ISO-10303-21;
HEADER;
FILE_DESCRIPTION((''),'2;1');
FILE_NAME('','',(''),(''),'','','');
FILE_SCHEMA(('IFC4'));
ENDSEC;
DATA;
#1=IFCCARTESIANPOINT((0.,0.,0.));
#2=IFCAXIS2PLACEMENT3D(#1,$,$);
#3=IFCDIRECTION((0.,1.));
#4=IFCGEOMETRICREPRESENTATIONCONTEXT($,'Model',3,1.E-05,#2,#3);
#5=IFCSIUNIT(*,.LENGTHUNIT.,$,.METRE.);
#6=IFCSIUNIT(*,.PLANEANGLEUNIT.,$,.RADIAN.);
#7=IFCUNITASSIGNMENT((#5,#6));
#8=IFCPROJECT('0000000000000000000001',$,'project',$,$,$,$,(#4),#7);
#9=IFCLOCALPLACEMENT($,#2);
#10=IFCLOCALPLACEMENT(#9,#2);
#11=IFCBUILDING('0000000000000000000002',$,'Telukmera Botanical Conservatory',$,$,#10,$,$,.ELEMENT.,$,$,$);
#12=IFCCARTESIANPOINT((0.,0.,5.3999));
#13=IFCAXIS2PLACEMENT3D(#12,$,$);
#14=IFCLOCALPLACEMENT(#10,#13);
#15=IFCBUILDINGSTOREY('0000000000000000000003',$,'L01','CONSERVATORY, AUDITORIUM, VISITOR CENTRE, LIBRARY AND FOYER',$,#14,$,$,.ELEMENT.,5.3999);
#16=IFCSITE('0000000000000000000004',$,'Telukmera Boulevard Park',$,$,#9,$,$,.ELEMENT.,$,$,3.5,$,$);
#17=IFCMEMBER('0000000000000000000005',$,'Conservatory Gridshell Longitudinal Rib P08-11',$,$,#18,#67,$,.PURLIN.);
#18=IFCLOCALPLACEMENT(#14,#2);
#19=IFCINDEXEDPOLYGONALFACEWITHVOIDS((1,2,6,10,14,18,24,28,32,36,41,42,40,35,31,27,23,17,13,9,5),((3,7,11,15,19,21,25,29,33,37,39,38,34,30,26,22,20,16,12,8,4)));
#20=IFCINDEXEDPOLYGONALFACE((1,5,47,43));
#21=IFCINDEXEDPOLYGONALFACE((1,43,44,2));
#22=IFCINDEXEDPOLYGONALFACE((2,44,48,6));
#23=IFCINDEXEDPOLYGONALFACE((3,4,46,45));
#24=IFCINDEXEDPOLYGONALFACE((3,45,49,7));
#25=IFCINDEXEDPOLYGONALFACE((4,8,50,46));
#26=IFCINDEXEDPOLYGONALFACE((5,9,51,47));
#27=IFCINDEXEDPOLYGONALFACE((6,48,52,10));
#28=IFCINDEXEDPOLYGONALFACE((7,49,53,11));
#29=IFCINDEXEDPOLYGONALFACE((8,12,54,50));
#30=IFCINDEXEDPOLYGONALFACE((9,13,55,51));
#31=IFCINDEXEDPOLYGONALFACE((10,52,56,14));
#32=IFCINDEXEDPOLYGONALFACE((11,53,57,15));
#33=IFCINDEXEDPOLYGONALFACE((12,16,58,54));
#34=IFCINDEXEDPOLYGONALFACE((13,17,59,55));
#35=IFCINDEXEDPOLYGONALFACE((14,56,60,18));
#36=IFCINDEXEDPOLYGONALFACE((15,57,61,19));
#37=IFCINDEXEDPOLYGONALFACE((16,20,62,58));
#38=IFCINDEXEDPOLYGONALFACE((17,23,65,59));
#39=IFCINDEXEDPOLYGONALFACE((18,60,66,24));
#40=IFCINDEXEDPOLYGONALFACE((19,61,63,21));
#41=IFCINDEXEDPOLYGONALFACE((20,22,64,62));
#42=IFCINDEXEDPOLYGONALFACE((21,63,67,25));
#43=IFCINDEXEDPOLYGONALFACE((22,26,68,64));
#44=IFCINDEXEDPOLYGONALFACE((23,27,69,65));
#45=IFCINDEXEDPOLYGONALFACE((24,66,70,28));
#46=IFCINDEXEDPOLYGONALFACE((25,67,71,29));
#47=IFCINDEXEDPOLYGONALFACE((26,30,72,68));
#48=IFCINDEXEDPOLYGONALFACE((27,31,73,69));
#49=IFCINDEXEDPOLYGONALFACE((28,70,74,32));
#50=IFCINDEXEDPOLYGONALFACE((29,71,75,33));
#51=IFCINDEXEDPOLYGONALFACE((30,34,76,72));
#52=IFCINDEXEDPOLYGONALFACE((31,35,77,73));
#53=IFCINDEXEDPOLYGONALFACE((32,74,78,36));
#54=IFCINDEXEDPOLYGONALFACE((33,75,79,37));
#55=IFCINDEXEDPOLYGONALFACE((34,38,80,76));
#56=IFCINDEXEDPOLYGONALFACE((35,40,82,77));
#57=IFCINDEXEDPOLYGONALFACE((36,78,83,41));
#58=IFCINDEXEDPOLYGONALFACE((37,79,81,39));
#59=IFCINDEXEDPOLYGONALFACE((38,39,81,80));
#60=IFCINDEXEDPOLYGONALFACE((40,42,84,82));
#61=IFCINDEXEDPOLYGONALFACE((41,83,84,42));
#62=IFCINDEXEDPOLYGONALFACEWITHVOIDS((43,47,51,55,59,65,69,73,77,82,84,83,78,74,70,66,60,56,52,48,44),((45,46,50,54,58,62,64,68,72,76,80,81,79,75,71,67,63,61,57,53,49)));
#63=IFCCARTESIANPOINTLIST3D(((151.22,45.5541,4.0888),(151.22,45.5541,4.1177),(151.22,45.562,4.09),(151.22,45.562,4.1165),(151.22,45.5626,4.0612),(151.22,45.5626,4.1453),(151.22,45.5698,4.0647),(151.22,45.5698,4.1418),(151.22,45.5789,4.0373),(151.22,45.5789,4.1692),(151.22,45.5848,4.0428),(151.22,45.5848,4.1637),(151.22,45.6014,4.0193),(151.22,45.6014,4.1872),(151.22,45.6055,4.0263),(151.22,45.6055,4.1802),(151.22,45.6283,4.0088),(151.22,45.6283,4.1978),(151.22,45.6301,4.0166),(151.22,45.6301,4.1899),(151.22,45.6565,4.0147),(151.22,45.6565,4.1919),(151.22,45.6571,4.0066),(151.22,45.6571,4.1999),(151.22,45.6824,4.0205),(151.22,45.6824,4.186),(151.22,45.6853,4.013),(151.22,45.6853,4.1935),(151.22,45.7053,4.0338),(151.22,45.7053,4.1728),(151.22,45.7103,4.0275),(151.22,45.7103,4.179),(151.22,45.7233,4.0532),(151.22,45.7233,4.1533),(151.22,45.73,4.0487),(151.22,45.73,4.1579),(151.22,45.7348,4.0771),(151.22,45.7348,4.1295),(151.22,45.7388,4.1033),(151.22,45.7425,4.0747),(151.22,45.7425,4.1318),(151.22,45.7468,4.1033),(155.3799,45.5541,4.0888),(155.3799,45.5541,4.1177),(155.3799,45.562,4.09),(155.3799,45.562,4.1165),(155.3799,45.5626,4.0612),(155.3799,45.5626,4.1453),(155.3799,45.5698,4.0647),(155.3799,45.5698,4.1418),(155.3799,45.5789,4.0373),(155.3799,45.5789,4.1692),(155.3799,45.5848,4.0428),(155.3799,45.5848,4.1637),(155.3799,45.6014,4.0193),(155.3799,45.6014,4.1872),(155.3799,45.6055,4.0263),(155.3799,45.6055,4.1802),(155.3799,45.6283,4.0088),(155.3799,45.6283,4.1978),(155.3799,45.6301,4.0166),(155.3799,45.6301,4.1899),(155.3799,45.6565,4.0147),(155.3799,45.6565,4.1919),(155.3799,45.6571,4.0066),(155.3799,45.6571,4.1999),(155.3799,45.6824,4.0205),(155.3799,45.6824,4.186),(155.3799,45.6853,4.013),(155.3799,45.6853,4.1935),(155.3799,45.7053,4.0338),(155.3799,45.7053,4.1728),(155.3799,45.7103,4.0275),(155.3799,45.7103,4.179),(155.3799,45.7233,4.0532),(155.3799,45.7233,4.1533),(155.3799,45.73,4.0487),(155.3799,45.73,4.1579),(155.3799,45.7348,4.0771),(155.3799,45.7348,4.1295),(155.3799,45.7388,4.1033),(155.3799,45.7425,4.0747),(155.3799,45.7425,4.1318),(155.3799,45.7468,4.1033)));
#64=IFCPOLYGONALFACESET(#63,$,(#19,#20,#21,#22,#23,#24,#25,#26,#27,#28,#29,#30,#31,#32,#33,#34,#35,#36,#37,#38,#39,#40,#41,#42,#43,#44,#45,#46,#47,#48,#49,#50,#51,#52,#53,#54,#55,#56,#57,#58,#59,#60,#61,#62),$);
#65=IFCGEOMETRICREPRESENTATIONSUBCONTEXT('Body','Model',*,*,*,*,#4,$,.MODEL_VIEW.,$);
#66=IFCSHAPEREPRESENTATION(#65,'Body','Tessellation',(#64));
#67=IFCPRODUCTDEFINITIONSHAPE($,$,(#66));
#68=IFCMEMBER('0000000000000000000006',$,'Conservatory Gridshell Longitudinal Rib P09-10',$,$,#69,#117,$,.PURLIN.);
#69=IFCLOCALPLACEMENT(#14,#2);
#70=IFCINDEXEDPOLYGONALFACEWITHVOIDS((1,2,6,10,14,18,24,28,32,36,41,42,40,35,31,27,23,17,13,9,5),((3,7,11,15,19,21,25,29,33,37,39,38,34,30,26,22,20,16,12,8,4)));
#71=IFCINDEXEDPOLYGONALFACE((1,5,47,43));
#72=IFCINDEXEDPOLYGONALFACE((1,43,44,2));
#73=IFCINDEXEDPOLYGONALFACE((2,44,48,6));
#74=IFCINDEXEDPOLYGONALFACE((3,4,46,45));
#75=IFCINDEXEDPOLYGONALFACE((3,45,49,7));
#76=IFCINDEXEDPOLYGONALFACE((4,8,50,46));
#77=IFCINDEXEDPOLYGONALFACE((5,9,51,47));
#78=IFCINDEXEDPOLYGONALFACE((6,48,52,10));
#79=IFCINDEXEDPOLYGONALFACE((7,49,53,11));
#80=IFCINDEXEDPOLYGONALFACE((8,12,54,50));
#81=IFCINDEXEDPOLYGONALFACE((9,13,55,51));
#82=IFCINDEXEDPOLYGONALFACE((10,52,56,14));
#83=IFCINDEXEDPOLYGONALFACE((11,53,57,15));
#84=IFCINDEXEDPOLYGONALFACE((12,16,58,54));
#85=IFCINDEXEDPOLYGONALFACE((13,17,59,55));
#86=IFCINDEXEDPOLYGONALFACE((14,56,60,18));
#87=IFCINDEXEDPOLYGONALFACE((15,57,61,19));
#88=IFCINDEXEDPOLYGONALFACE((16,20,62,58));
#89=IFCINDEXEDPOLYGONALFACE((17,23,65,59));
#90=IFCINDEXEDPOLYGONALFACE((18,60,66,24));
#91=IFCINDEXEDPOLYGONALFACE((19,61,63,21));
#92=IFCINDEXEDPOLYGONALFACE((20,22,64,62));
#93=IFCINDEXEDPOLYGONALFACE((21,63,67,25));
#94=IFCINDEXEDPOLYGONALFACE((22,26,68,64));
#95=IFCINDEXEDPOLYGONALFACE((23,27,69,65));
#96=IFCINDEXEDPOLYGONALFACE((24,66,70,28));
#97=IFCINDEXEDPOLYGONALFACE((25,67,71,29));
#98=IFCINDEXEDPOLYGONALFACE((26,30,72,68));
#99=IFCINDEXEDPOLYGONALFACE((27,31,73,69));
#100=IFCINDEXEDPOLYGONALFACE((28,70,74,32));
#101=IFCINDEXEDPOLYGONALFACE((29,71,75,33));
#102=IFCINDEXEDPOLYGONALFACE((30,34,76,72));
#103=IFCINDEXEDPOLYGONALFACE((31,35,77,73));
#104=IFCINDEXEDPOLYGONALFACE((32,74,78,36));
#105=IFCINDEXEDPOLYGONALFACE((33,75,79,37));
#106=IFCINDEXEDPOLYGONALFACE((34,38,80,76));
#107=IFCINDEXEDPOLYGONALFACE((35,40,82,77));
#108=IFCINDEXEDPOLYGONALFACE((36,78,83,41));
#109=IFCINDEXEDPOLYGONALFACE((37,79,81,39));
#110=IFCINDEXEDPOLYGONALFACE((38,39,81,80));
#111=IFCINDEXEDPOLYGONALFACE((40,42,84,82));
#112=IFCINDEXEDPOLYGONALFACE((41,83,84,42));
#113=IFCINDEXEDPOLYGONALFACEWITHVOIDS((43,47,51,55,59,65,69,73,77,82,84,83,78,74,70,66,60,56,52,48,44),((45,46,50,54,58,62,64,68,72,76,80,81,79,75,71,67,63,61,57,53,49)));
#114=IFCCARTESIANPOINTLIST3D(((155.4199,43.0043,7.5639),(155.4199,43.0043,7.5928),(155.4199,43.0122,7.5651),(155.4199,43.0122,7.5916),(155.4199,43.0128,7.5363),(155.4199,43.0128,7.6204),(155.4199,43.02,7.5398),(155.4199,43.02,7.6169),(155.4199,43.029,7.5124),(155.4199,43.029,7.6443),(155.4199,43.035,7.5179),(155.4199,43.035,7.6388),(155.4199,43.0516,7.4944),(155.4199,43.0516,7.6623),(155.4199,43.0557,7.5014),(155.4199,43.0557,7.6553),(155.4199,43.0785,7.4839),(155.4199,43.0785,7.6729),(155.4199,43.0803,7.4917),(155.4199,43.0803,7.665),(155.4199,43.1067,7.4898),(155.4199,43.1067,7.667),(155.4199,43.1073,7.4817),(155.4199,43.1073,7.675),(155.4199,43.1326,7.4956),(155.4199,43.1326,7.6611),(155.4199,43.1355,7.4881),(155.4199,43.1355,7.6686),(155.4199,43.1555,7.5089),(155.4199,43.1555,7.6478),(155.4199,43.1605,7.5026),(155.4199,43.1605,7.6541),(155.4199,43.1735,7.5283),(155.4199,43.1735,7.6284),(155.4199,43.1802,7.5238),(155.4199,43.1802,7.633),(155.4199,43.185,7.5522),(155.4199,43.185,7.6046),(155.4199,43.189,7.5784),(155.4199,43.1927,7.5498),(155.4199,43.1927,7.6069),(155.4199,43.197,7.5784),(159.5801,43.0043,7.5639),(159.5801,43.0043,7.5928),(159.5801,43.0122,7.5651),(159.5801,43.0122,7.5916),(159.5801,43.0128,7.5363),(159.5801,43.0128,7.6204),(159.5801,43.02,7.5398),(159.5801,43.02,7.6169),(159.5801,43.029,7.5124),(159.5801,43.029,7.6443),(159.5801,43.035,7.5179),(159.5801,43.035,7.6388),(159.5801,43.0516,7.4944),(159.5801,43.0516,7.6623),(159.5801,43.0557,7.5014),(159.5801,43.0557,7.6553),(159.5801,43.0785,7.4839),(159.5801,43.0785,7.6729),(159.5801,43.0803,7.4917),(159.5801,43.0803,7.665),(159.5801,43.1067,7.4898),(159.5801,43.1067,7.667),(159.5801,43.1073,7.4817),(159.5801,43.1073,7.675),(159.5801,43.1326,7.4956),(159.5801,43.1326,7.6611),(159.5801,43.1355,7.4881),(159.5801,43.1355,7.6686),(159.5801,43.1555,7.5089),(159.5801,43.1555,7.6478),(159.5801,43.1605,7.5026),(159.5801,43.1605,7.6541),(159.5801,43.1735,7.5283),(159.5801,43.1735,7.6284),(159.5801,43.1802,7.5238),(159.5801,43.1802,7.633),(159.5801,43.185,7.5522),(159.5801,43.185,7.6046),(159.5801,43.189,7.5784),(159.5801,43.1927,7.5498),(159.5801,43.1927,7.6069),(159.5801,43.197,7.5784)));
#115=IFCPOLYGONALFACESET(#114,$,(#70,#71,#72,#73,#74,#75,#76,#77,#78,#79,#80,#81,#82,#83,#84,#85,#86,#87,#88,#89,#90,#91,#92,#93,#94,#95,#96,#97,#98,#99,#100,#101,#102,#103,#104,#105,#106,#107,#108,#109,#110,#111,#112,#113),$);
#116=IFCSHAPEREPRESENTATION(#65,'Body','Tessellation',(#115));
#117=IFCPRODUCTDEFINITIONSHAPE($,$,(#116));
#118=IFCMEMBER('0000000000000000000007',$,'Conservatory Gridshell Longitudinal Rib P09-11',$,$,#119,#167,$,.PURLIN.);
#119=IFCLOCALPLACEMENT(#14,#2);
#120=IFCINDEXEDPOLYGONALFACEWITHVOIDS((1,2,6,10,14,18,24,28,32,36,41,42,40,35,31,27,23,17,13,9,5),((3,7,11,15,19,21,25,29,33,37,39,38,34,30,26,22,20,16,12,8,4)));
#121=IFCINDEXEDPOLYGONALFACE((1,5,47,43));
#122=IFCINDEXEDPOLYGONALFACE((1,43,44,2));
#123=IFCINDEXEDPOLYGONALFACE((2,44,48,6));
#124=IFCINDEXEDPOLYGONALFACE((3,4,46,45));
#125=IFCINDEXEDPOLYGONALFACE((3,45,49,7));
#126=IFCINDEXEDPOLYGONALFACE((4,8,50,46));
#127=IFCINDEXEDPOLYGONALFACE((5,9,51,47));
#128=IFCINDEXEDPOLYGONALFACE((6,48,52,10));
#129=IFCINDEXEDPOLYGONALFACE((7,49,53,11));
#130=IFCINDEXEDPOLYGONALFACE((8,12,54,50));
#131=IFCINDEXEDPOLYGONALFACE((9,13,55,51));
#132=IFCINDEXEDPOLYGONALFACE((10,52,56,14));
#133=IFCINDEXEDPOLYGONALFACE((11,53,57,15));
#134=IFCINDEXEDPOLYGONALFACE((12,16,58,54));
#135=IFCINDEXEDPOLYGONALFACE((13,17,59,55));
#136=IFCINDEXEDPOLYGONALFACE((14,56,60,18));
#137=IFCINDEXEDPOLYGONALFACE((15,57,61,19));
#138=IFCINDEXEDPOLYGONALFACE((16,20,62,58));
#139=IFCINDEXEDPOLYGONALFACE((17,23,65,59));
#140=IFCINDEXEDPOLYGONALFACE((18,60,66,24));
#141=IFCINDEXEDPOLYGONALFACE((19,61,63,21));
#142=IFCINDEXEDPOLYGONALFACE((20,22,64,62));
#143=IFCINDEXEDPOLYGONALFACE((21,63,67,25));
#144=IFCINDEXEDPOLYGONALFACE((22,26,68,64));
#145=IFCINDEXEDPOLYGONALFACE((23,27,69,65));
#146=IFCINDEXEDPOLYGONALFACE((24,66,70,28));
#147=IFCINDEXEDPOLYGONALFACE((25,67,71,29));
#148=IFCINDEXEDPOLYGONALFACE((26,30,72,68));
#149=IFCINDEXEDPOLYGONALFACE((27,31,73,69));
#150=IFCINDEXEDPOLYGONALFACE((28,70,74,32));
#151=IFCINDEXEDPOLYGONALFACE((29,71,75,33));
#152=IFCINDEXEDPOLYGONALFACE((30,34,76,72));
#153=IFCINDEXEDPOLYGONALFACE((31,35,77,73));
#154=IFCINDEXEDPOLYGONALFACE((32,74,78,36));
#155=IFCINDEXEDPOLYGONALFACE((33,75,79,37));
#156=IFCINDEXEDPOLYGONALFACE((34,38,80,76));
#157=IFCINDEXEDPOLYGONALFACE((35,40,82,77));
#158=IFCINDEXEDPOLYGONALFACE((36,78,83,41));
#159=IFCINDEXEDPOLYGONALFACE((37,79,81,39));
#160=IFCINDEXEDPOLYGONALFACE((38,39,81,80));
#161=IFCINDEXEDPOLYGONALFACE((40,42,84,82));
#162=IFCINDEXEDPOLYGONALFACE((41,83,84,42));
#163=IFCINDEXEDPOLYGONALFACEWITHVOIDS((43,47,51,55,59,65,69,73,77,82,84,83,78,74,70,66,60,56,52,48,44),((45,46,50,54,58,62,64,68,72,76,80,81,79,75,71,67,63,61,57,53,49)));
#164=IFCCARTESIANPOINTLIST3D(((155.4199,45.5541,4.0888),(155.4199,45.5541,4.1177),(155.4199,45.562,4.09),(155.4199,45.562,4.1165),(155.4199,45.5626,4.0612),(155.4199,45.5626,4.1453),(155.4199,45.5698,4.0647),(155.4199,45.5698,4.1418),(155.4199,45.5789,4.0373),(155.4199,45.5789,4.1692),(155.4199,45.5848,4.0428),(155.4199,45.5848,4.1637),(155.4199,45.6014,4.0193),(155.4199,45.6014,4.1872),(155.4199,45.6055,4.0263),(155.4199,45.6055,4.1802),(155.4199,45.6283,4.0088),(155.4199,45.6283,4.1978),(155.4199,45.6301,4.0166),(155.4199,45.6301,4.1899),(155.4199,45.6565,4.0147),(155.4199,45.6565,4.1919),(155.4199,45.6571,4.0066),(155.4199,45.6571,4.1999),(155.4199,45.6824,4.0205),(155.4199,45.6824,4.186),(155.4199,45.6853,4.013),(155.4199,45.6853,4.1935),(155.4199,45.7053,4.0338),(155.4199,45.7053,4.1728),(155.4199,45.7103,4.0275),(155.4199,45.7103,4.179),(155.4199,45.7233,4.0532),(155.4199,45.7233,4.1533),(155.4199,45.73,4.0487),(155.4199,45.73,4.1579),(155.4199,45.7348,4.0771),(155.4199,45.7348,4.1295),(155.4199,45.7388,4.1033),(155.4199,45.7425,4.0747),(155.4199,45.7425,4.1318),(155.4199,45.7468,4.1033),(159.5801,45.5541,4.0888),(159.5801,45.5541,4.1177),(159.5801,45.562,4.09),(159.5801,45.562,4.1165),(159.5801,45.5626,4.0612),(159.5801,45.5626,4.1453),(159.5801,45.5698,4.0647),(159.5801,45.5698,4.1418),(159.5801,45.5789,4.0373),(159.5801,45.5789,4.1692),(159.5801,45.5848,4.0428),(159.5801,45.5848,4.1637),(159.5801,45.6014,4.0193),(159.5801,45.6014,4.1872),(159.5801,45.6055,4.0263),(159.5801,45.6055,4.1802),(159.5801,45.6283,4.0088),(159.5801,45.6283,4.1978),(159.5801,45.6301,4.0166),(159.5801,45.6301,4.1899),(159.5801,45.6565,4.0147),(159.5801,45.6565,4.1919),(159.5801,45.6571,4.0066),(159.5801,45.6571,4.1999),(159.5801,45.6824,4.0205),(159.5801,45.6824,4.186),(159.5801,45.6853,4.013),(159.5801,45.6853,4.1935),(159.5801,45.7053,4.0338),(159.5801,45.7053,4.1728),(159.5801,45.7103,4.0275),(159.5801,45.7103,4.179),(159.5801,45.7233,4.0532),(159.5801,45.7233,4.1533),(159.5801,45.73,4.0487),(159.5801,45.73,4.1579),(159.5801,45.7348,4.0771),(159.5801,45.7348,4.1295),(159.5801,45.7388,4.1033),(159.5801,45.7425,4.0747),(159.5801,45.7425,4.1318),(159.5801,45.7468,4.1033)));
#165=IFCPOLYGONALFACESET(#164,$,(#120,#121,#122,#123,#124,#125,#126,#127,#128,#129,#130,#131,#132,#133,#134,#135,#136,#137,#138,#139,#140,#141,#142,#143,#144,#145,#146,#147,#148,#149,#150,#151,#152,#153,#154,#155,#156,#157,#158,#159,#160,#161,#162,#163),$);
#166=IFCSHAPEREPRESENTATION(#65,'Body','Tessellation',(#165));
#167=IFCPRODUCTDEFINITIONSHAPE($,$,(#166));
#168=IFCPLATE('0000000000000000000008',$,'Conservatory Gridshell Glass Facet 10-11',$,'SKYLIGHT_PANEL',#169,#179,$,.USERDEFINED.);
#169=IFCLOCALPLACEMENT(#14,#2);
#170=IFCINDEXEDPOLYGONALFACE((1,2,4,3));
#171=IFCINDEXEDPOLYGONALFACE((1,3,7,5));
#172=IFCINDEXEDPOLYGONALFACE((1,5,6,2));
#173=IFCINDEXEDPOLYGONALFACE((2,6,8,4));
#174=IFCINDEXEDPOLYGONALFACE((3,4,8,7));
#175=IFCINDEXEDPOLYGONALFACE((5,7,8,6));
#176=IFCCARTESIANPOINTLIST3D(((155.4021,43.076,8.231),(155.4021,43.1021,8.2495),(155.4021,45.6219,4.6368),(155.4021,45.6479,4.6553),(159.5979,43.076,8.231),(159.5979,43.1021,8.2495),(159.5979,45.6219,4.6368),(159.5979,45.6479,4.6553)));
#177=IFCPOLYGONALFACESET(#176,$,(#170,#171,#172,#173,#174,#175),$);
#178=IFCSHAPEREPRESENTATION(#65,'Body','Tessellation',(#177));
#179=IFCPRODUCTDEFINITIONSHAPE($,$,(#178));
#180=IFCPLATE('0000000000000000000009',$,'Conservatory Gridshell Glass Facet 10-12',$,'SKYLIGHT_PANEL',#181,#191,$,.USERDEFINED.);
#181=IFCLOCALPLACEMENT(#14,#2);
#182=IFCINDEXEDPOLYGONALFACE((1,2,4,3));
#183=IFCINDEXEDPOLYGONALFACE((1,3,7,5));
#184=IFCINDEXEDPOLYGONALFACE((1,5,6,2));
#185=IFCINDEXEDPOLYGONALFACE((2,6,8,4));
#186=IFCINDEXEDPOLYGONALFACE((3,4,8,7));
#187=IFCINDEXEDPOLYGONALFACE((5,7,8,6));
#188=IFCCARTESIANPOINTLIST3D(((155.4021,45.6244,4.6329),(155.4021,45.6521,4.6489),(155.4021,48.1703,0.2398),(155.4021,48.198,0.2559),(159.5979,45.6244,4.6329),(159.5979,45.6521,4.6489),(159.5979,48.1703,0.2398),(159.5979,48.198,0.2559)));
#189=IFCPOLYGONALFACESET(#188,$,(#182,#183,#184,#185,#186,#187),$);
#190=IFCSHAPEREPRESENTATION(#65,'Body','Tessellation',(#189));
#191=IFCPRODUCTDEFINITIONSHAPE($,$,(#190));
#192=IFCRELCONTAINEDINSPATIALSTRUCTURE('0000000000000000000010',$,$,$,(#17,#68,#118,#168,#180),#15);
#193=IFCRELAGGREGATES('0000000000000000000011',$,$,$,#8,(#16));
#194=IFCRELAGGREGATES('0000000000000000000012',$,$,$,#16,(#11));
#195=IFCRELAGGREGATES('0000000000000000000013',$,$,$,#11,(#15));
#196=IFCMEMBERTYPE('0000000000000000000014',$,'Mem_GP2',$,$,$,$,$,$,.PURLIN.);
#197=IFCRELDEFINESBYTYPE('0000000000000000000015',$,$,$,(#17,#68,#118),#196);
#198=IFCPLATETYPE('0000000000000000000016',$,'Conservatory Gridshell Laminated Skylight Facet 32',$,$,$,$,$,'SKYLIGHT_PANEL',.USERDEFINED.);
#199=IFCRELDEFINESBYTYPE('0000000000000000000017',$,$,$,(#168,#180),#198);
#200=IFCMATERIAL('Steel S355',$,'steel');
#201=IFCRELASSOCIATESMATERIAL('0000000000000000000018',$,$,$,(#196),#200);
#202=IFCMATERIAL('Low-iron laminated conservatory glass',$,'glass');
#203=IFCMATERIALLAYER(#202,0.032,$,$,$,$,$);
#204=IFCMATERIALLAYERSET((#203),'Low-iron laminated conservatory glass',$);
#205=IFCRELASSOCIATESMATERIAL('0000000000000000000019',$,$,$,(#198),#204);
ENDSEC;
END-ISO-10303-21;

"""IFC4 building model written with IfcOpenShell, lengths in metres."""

from ifc_helpers import new_model, si_unit, direction, frame, origin, origin_2d, place, context, subcontext, project, spatial, polyline, hollow_circle, outline, extrude, material, layer, layer_set, material_profile, profile_set, type_object, element, save


model = new_model("IFC4")

# Units and contexts
model_context = context("Model", 3, precision=1e-05, world=origin(), true_north=direction((0.0, 1.0)))
body_context = subcontext(model_context, "Body", "Model", "MODEL_VIEW")
ifc_project = project(units=[si_unit("LENGTHUNIT", "METRE"), si_unit("PLANEANGLEUNIT", "RADIAN")], contexts=[model_context])

# Site, building, storey
site_placement = place(None, origin())
site = spatial("IfcSite", under=ifc_project, at=site_placement, Name="Telukmera Boulevard Park", CompositionType="ELEMENT", RefElevation=3.5)
building_placement = place(site_placement, origin())
building = spatial("IfcBuilding", under=site, at=building_placement, Name="Telukmera Botanical Conservatory", CompositionType="ELEMENT")
storey_placement = place(building_placement, frame((0.0, 0.0, 5.3999)))
storey = spatial("IfcBuildingStorey", under=building, at=storey_placement, Name="L01", Description="CONSERVATORY, AUDITORIUM, VISITOR CENTRE, LIBRARY AND FOYER", CompositionType="ELEMENT", Elevation=5.3999)

# Shared definitions
ifc_material_1 = material(Name="Steel S355", Category="steel")

# Members
ifc_material_profile_1 = material_profile(ifc_material_1, hollow_circle(Radius=0.0969, WallThickness=0.0081, at=origin_2d()), Name="CHS 193.7x8.0")
ifc_profile_set_1 = profile_set([ifc_material_profile_1], Name="Steel S355")
member_type_1 = type_object("IfcMemberType", Name="Mem_GP2", PredefinedType="PURLIN", material=ifc_profile_set_1)
for number, where, z_axis, x_axis, name in (
    (1, (151.22, 45.6499, 4.1033), (1.0, 0.0, 0.0), (0.0, 1.0, 0.0), "Conservatory Gridshell Longitudinal Rib P08-11"),
):
    element("IfcMember", number, at=place(storey_placement, frame(where, z_axis=z_axis, x_axis=x_axis)), inside=storey, type_object=member_type_1, Name=name, PredefinedType="PURLIN", context=body_context, shape_type="SweptSolid", body=[
        extrude(hollow_circle(Radius=0.0969, WallThickness=0.0081, at=origin_2d()), origin(), (0.0, 0.0, 1.0), 4.1599),
    ])
for number, where, z_axis, x_axis, name in (
    (2, (155.4199, 43.1001, 7.5784), (1.0, 0.0, 0.0), (0.0, 1.0, 0.0), "Conservatory Gridshell Longitudinal Rib P09-10"),
    (3, (155.4199, 45.6499, 4.1033), (1.0, 0.0, 0.0), (0.0, 1.0, 0.0), "Conservatory Gridshell Longitudinal Rib P09-11"),
):
    element("IfcMember", number, at=place(storey_placement, frame(where, z_axis=z_axis, x_axis=x_axis)), inside=storey, type_object=member_type_1, Name=name, PredefinedType="PURLIN", context=body_context, shape_type="SweptSolid", body=[
        extrude(hollow_circle(Radius=0.0969, WallThickness=0.0081, at=origin_2d()), origin(), (0.0, 0.0, 1.0), 4.1602),
    ])

# Plates
ifc_material_2 = material(Name="Low-iron laminated conservatory glass", Category="glass")
ifc_layer_1 = layer(ifc_material_2, 0.032)
ifc_layer_set_1 = layer_set([ifc_layer_1], Name="Low-iron laminated conservatory glass")
plate_type_1 = type_object("IfcPlateType", Name="Conservatory Gridshell Laminated Skylight Facet 32", ElementType="SKYLIGHT_PANEL", PredefinedType="USERDEFINED", material=ifc_layer_set_1)
plate_1_placement = place(storey_placement, frame((155.4021, 43.1021, 8.2495), z_axis=(0.0, 0.816027, 0.578014), x_axis=(1.0, 0.0, 0.0)))
element("IfcPlate", 4, at=plate_1_placement, inside=storey, type_object=plate_type_1, Name="Conservatory Gridshell Glass Facet 10-11", ObjectType="SKYLIGHT_PANEL", PredefinedType="USERDEFINED", context=body_context, shape_type="SweptSolid", body=[
    extrude(outline(polyline([(0.0, 0.0), (4.1958, 0.0), (4.1958, 4.4046), (0.0, 4.4046), (0.0, 0.0)])), origin(), (0.0, 0.0, -1.0), 0.032),
])
plate_2_placement = place(storey_placement, frame((155.4021, 45.6521, 4.6489), z_axis=(0.0, 0.865209, 0.501412), x_axis=(1.0, 0.0, 0.0)))
element("IfcPlate", 5, at=plate_2_placement, inside=storey, type_object=plate_type_1, Name="Conservatory Gridshell Glass Facet 10-12", ObjectType="SKYLIGHT_PANEL", PredefinedType="USERDEFINED", context=body_context, shape_type="SweptSolid", body=[
    extrude(outline(polyline([(0.0, 0.0), (4.1958, 0.0), (4.1958, 5.0775), (0.0, 5.0775), (0.0, 0.0)])), origin(), (0.0, 0.0, -1.0), 0.032),
])

save(model, "model.ifc")
